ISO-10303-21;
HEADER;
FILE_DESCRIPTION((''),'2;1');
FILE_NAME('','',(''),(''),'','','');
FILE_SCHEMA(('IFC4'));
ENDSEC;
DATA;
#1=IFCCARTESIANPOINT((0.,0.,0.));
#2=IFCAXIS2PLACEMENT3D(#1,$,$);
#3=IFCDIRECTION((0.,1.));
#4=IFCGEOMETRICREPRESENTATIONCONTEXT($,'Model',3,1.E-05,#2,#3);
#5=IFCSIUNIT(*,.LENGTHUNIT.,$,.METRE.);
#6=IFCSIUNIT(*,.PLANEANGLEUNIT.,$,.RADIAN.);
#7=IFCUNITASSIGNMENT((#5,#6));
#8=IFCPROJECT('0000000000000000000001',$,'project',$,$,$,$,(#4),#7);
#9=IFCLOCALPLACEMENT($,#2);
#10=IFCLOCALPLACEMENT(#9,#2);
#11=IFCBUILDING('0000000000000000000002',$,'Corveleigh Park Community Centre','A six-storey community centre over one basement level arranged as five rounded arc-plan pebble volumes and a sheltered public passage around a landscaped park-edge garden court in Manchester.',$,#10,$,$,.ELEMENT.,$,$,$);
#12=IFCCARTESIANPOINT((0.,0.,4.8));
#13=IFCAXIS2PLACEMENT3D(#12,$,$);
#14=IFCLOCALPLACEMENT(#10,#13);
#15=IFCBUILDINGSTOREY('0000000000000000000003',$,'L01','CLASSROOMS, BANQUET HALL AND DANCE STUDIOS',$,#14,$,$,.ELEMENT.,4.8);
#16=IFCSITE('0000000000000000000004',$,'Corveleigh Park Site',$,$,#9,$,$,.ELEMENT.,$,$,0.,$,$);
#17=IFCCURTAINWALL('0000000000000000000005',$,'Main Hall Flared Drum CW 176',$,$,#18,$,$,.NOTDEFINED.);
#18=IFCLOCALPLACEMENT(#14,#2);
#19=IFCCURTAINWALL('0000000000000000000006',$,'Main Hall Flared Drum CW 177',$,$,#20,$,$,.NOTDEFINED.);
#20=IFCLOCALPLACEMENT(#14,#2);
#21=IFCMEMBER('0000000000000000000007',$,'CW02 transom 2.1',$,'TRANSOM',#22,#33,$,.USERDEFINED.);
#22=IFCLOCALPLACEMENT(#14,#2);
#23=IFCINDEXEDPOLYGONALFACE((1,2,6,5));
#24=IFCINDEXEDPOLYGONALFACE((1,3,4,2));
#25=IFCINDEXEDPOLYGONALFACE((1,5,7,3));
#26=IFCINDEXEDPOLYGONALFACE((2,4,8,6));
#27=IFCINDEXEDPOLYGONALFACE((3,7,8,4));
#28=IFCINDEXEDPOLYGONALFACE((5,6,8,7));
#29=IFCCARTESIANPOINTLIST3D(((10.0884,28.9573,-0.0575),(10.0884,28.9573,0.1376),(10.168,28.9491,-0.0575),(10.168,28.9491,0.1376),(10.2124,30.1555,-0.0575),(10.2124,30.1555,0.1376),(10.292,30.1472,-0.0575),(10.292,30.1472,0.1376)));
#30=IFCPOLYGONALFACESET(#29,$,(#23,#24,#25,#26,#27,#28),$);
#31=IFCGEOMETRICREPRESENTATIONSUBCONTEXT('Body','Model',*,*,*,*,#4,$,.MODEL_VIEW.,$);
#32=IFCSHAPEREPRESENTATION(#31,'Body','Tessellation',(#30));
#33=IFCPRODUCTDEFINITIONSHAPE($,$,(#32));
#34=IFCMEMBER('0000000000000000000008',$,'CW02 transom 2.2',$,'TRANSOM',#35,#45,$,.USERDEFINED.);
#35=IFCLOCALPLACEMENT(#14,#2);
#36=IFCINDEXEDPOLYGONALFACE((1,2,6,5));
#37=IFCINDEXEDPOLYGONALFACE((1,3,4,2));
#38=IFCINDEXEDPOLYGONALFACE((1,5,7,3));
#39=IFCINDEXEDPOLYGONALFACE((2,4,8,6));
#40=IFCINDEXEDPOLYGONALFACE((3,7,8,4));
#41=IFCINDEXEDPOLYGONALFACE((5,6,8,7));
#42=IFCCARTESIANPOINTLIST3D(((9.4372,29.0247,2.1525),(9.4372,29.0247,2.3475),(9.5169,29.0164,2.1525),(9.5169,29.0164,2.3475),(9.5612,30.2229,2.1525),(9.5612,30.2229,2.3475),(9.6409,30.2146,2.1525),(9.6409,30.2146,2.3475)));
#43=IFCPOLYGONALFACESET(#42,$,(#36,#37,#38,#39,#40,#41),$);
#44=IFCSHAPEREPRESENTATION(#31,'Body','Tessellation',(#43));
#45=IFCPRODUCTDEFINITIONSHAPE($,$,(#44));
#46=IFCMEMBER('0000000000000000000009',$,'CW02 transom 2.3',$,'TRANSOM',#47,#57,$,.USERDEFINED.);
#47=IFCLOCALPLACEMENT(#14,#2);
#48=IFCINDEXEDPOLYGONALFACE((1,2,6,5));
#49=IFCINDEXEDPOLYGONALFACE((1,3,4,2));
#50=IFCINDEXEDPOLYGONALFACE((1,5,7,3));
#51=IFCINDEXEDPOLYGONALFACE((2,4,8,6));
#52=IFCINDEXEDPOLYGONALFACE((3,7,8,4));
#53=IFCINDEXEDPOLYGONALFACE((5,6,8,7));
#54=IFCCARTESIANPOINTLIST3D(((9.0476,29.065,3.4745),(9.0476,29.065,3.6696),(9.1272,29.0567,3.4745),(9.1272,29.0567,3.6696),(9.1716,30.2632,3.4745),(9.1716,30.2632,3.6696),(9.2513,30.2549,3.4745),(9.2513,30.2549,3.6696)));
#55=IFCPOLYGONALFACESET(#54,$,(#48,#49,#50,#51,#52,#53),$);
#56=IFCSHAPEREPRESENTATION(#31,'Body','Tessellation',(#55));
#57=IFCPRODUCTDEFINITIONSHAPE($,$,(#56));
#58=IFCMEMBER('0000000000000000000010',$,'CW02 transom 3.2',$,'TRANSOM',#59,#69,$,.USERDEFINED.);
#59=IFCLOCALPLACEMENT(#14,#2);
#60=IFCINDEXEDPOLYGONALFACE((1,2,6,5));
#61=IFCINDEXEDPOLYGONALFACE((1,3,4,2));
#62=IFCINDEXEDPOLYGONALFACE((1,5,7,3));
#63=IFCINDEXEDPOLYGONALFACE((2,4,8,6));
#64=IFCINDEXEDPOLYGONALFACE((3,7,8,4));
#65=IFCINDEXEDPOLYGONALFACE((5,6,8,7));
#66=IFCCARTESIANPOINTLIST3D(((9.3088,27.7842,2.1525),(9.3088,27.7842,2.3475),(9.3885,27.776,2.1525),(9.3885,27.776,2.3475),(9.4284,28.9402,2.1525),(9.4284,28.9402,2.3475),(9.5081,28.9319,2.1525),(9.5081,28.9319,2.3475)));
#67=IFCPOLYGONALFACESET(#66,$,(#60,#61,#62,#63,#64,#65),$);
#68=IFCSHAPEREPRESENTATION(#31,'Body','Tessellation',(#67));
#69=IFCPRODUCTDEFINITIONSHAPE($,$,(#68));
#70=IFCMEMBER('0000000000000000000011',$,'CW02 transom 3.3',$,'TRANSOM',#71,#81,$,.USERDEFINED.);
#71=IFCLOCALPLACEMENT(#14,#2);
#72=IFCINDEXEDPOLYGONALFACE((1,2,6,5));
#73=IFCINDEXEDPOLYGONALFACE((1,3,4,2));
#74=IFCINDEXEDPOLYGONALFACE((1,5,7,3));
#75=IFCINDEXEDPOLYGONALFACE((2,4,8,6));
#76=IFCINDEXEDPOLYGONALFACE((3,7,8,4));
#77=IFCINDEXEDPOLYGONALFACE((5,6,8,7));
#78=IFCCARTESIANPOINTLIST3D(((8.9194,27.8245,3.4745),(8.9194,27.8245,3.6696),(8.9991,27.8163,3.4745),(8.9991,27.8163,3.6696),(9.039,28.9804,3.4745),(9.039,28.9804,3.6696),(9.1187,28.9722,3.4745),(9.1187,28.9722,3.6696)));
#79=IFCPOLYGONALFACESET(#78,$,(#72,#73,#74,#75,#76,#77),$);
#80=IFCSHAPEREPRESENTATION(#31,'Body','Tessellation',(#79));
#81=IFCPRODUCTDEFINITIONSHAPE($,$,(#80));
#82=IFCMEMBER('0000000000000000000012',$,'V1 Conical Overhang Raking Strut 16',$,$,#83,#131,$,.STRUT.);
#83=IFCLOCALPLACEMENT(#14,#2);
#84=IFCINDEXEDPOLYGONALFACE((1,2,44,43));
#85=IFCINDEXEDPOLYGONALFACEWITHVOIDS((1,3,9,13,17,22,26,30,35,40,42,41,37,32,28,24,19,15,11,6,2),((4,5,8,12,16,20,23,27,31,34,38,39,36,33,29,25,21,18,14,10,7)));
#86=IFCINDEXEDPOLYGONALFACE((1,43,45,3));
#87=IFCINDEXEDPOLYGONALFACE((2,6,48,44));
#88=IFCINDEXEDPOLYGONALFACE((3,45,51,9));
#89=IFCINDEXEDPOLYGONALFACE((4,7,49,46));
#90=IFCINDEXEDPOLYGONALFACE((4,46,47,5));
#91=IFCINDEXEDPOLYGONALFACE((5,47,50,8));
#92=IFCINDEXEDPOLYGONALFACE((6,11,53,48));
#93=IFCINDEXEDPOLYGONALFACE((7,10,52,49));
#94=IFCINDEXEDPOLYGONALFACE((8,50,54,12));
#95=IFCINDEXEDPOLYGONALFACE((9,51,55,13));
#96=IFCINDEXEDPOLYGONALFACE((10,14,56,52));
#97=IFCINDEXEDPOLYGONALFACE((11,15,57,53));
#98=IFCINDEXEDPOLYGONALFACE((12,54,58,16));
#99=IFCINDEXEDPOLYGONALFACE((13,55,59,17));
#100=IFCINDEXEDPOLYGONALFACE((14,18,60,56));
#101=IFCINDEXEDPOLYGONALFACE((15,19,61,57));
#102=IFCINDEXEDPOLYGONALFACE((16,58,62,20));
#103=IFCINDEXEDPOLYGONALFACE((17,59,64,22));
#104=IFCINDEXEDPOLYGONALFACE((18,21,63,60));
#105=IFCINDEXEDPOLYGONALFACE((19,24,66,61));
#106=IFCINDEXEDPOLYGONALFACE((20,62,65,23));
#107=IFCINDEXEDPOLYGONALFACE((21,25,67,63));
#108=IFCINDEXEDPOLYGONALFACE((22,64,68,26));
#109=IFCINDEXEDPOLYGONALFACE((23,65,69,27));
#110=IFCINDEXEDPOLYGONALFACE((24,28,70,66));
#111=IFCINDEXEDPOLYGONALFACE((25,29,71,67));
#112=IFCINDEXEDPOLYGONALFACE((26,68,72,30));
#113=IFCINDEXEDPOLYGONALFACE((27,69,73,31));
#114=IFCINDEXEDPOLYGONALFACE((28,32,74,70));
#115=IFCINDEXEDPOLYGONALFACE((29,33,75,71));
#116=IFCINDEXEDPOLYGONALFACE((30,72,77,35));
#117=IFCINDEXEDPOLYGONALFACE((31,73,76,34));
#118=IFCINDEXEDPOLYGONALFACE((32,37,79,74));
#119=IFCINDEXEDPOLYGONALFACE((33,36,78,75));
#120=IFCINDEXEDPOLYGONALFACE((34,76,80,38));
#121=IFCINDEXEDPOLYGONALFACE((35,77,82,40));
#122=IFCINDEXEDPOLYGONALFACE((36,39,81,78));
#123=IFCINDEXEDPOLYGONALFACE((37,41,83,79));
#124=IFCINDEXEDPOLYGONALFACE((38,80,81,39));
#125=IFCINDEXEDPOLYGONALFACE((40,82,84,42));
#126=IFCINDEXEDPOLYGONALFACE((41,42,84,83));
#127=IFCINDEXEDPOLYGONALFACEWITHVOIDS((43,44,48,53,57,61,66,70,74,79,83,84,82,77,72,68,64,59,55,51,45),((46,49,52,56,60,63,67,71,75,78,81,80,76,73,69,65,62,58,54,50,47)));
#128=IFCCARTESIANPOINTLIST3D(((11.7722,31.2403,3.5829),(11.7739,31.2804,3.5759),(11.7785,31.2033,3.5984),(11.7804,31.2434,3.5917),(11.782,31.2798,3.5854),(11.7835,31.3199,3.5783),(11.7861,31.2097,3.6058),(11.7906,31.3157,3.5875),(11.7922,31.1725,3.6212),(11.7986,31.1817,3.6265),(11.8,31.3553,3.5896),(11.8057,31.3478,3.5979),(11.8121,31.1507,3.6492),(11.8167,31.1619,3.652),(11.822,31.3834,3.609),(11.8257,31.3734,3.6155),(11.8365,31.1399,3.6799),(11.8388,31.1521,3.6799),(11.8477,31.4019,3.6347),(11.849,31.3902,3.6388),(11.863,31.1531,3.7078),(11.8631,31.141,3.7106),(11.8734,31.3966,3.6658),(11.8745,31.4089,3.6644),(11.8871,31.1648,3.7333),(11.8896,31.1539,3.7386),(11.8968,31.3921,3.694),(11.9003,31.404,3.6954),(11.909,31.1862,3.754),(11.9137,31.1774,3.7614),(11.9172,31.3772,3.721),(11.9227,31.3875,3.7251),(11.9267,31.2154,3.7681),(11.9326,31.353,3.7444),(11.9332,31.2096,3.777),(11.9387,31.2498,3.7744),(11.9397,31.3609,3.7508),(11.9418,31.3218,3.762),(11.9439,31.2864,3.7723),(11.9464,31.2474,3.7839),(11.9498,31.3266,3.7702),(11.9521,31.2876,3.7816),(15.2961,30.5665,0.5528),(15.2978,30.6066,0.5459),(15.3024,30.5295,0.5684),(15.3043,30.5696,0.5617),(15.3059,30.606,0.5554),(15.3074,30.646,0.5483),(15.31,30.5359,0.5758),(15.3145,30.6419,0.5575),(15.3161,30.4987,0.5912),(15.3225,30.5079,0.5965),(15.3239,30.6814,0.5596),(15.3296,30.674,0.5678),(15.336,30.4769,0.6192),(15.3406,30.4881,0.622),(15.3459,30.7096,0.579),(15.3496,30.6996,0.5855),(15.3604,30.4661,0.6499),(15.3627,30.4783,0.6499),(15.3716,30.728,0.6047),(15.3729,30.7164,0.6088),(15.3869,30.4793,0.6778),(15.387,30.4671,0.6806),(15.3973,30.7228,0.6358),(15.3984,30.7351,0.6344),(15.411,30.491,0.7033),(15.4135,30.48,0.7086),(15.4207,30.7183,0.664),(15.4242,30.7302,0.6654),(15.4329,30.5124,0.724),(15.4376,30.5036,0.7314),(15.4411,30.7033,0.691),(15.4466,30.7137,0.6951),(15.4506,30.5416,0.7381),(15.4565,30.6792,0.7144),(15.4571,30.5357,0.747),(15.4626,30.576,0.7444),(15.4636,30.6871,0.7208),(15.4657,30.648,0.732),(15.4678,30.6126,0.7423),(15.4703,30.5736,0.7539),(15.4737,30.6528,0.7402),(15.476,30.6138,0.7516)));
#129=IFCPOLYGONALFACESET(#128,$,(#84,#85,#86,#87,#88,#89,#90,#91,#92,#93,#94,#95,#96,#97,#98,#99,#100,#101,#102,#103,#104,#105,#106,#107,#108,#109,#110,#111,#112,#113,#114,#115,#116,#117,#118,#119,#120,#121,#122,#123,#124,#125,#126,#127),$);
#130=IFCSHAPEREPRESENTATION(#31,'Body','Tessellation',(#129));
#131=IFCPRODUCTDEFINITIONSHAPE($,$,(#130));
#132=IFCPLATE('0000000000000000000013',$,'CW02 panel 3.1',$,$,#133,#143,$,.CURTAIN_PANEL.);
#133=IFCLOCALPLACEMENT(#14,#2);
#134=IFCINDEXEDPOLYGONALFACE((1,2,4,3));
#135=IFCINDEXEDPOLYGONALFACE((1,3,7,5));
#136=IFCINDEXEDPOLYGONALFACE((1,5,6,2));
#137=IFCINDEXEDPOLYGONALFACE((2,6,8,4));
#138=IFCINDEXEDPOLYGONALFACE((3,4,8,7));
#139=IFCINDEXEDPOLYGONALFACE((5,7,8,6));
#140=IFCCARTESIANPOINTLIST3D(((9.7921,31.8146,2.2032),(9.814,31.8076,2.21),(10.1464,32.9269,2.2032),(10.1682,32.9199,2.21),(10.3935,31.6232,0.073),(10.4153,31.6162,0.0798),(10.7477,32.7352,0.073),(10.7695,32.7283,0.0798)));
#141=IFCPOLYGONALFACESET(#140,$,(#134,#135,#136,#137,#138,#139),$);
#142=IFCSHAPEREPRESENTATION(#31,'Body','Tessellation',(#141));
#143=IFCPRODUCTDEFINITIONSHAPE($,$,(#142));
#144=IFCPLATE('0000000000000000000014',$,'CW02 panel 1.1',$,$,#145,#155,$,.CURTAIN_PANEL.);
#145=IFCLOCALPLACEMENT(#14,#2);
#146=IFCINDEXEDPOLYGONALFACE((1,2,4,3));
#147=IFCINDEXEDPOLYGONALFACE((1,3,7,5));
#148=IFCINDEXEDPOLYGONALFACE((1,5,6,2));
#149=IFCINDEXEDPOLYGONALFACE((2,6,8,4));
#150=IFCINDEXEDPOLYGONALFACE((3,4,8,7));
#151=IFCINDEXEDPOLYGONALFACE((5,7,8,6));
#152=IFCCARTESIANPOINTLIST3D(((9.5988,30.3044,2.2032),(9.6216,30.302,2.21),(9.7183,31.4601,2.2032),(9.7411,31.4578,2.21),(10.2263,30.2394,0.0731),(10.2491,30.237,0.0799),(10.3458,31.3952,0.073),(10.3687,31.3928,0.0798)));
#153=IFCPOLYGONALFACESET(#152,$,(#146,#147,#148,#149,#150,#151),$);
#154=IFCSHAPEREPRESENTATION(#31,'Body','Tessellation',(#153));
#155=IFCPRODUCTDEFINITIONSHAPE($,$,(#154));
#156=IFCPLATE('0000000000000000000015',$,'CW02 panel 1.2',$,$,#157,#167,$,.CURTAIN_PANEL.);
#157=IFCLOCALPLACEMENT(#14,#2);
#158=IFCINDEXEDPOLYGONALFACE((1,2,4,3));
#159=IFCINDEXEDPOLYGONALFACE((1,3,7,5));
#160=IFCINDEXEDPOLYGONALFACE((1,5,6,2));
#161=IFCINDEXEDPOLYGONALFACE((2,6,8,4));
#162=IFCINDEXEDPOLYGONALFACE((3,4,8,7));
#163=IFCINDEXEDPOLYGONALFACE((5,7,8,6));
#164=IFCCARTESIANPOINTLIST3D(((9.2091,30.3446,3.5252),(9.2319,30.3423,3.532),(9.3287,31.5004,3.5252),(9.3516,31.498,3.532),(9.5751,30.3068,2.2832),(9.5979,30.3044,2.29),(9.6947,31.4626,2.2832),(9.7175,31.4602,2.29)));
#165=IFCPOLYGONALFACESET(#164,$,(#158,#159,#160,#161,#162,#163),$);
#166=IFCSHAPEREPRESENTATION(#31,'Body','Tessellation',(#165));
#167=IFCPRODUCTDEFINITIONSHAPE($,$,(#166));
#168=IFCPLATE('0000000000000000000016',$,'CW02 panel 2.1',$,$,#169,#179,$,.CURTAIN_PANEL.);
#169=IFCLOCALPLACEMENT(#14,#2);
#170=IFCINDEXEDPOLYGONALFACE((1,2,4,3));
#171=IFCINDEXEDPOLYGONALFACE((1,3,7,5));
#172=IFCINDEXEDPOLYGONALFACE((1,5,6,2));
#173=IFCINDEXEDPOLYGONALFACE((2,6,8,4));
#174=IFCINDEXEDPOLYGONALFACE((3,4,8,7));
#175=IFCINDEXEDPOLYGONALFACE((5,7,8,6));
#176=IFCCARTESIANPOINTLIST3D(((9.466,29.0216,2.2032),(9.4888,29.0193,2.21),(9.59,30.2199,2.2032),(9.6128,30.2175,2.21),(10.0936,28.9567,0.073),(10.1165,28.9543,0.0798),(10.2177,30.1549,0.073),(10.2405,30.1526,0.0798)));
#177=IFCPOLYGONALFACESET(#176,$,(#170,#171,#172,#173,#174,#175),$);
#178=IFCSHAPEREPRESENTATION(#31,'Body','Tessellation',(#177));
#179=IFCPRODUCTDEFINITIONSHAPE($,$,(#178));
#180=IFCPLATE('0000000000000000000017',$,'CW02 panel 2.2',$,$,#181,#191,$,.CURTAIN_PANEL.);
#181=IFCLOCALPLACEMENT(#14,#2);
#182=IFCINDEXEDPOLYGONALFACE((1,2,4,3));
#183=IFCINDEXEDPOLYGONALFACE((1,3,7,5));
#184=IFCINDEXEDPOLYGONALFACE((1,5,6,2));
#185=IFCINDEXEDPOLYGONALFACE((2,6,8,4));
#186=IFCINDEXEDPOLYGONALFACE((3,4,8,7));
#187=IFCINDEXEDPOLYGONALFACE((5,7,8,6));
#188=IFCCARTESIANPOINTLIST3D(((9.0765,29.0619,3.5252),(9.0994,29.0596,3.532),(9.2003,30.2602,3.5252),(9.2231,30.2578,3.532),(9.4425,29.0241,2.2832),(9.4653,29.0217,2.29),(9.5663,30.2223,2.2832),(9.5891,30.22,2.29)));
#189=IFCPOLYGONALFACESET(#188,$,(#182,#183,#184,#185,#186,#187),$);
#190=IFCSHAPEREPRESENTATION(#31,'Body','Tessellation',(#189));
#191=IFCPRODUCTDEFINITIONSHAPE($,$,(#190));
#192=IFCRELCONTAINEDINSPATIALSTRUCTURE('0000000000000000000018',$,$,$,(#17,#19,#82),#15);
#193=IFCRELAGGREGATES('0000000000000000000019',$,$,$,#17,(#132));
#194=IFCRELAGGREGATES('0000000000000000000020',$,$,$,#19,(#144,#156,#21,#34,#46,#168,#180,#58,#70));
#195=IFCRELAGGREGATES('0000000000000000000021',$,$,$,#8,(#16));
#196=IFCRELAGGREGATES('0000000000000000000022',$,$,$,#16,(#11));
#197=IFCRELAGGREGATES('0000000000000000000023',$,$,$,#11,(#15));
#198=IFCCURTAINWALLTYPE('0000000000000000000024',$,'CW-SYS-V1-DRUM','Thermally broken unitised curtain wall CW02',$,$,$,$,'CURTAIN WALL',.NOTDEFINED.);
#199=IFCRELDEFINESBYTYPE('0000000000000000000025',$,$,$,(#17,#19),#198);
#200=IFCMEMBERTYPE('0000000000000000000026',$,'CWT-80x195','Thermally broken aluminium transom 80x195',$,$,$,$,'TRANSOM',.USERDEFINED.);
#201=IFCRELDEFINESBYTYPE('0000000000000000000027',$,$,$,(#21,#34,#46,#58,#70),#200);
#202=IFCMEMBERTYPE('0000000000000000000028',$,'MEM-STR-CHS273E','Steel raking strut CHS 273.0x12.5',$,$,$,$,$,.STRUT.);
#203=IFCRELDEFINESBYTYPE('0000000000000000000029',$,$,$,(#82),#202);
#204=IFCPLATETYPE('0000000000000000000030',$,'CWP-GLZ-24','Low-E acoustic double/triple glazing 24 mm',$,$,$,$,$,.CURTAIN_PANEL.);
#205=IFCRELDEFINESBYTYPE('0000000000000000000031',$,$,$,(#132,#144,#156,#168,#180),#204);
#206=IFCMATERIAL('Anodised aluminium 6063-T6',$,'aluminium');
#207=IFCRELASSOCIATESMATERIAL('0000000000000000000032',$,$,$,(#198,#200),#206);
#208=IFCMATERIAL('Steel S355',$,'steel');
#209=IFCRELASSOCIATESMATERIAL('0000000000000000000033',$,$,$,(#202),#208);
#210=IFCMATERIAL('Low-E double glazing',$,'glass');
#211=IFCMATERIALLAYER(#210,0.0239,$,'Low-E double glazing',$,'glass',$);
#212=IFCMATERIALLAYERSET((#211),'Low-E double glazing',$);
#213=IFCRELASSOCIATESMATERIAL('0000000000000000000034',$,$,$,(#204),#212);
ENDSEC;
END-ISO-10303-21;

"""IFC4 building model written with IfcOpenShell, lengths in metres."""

from ifc_helpers import new_model, si_unit, direction, frame, origin, origin_2d, place, context, subcontext, project, spatial, polyline, rectangle, hollow_circle, outline, extrude, material, layer, layer_set, material_profile, profile_set, type_object, element, aggregate, save


model = new_model("IFC4")

# Units and contexts
model_context = context("Model", 3, precision=1e-05, world=origin(), true_north=direction((0.0, 1.0)))
body_context = subcontext(model_context, "Body", "Model", "MODEL_VIEW")
ifc_project = project(units=[si_unit("LENGTHUNIT", "METRE"), si_unit("PLANEANGLEUNIT", "RADIAN")], contexts=[model_context])

# Site, building, storey
site_placement = place(None, origin())
site = spatial("IfcSite", under=ifc_project, at=site_placement, Name="Corveleigh Park Site", CompositionType="ELEMENT", RefElevation=0.0)
building_placement = place(site_placement, origin())
building = spatial("IfcBuilding", under=site, at=building_placement, Name="Corveleigh Park Community Centre", Description="A six-storey community centre over one basement level arranged as five rounded arc-plan pebble volumes and a sheltered public passage around a landscaped park-edge garden court in Manchester.", CompositionType="ELEMENT")
storey_placement = place(building_placement, frame((0.0, 0.0, 4.8)))
storey = spatial("IfcBuildingStorey", under=building, at=storey_placement, Name="L01", Description="CLASSROOMS, BANQUET HALL AND DANCE STUDIOS", CompositionType="ELEMENT", Elevation=4.8)

# Shared definitions
ifc_material_1 = material(Name="Steel S355", Category="steel")

# Curtain walls
ifc_material_2 = material(Name="Anodised aluminium 6063-T6", Category="aluminium")
curtain_wall_type = type_object("IfcCurtainWallType", Name="CW-SYS-V1-DRUM", Description="Thermally broken unitised curtain wall CW02", ElementType="CURTAIN WALL", PredefinedType="NOTDEFINED", material=ifc_material_2)
curtain_wall_1_placement = place(storey_placement, origin())
curtain_wall_1 = element("IfcCurtainWall", 1, at=curtain_wall_1_placement, inside=storey, type_object=curtain_wall_type, Name="Main Hall Flared Drum CW 176", PredefinedType="NOTDEFINED")
curtain_wall_2_placement = place(storey_placement, origin())
curtain_wall_2 = element("IfcCurtainWall", 2, at=curtain_wall_2_placement, inside=storey, type_object=curtain_wall_type, Name="Main Hall Flared Drum CW 177", PredefinedType="NOTDEFINED")

# Members
ifc_material_profile_1 = material_profile(ifc_material_2, rectangle(XDim=0.0801, YDim=0.1951, at=origin_2d()), Name="ALU-T80x195", Category="aluminium")
ifc_profile_set_1 = profile_set([ifc_material_profile_1], Name="Anodised aluminium 6063-T6")
member_type_1 = type_object("IfcMemberType", Name="CWT-80x195", Description="Thermally broken aluminium transom 80x195", ElementType="TRANSOM", PredefinedType="USERDEFINED", material=ifc_profile_set_1)
member_1_placement = place(storey_placement, frame((10.2522, 30.1514, 0.04), z_axis=(-0.102954, -0.994686, 0.0), x_axis=(0.994686, -0.102954, 0.0)))
member_1 = element("IfcMember", 3, at=member_1_placement, type_object=member_type_1, Name="CW02 transom 2.1", ObjectType="TRANSOM", PredefinedType="USERDEFINED", context=body_context, shape_type="SweptSolid", body=[
    extrude(rectangle(XDim=0.0801, YDim=0.1951, at=origin_2d()), origin(), (0.0, 0.0, 1.0), 1.2046),
])
member_2_placement = place(storey_placement, frame((9.6011, 30.2188, 2.25), z_axis=(-0.102954, -0.994686, 0.0), x_axis=(0.994686, -0.102954, 0.0)))
member_2 = element("IfcMember", 4, at=member_2_placement, type_object=member_type_1, Name="CW02 transom 2.2", ObjectType="TRANSOM", PredefinedType="USERDEFINED", context=body_context, shape_type="SweptSolid", body=[
    extrude(rectangle(XDim=0.0801, YDim=0.1951, at=origin_2d()), origin(), (0.0, 0.0, 1.0), 1.2046),
])
member_3_placement = place(storey_placement, frame((9.2114, 30.259, 3.572), z_axis=(-0.102954, -0.994686, 0.0), x_axis=(0.994686, -0.102954, 0.0)))
member_3 = element("IfcMember", 5, at=member_3_placement, type_object=member_type_1, Name="CW02 transom 2.3", ObjectType="TRANSOM", PredefinedType="USERDEFINED", context=body_context, shape_type="SweptSolid", body=[
    extrude(rectangle(XDim=0.0801, YDim=0.1951, at=origin_2d()), origin(), (0.0, 0.0, 1.0), 1.2046),
])
member_4_placement = place(storey_placement, frame((9.4683, 28.936, 2.25), z_axis=(-0.102935, -0.994688, 0.0), x_axis=(0.994688, -0.102935, 0.0)))
member_4 = element("IfcMember", 6, at=member_4_placement, type_object=member_type_1, Name="CW02 transom 3.2", ObjectType="TRANSOM", PredefinedType="USERDEFINED", context=body_context, shape_type="SweptSolid", body=[
    extrude(rectangle(XDim=0.0801, YDim=0.1951, at=origin_2d()), origin(), (0.0, 0.0, 1.0), 1.1621),
])
member_5_placement = place(storey_placement, frame((9.0789, 28.9763, 3.572), z_axis=(-0.102935, -0.994688, 0.0), x_axis=(0.994688, -0.102935, 0.0)))
member_5 = element("IfcMember", 7, at=member_5_placement, type_object=member_type_1, Name="CW02 transom 3.3", ObjectType="TRANSOM", PredefinedType="USERDEFINED", context=body_context, shape_type="SweptSolid", body=[
    extrude(rectangle(XDim=0.0801, YDim=0.1951, at=origin_2d()), origin(), (0.0, 0.0, 1.0), 1.1621),
])
ifc_material_profile_2 = material_profile(ifc_material_1, hollow_circle(Radius=0.1365, WallThickness=0.0125, at=origin_2d()), Name="CHS 273.0x12.5", Category="steel")
ifc_profile_set_2 = profile_set([ifc_material_profile_2], Name="Steel S355")
member_type_2 = type_object("IfcMemberType", Name="MEM-STR-CHS273E", Description="Steel raking strut CHS 273.0x12.5", PredefinedType="STRUT", material=ifc_profile_set_2)
member_6_placement = place(storey_placement, frame((15.386, 30.6001, 0.6499), z_axis=(-0.750397, 0.143487, 0.645225), x_axis=(-0.187812, -0.982205, 0.0)))
element("IfcMember", 8, at=member_6_placement, inside=storey, type_object=member_type_2, Name="V1 Conical Overhang Raking Strut 16", PredefinedType="STRUT", context=body_context, shape_type="SweptSolid", body=[
    extrude(hollow_circle(Radius=0.1365, WallThickness=0.0125, at=origin_2d()), origin(), (0.0, 0.0, 1.0), 4.696),
])

# Plates
ifc_material_3 = material(Name="Low-E double glazing", Category="glass")
ifc_layer_1 = layer(ifc_material_3, 0.0239, Name="Low-E double glazing", Category="glass")
ifc_layer_set_1 = layer_set([ifc_layer_1], Name="Low-E double glazing")
plate_type_1 = type_object("IfcPlateType", Name="CWP-GLZ-24", Description="Low-E acoustic double/triple glazing 24 mm", PredefinedType="CURTAIN_PANEL", material=ifc_layer_set_1)
plate_1_placement = place(storey_placement, frame((10.7695, 32.7283, 0.0798), z_axis=(0.913583, -0.290991, 0.284061), x_axis=(-0.303495, -0.952833, 0.000009)))
plate_1 = element("IfcPlate", 9, at=plate_1_placement, type_object=plate_type_1, Name="CW02 panel 3.1", PredefinedType="CURTAIN_PANEL", context=body_context, shape_type="SweptSolid", body=[
    extrude(outline(polyline([(0.0, 0.0), (1.1671, 0.0), (1.1673, -2.2216), (-0.0001, -2.2217), (0.0, 0.0)])), origin(), (0.0, 0.0, -1.0), 0.0239),
])
aggregate(curtain_wall_1, [plate_1])
plate_2_placement = place(storey_placement, frame((10.3687, 31.3928, 0.0798), z_axis=(0.953742, -0.098618, 0.283991), x_axis=(-0.102861, -0.994696, 0.000028)))
plate_2 = element("IfcPlate", 10, at=plate_2_placement, type_object=plate_type_1, Name="CW02 panel 1.1", PredefinedType="CURTAIN_PANEL", context=body_context, shape_type="SweptSolid", body=[
    extrude(outline(polyline([(0.0, 0.0), (1.1619, 0.0), (1.1619, -2.2216), (0.0, -2.2216), (0.0, 0.0)])), origin(), (0.0, 0.0, -1.0), 0.0239),
])
plate_3_placement = place(storey_placement, frame((9.7175, 31.4602, 2.29), z_axis=(0.953717, -0.098716, 0.284042), x_axis=(-0.102957, -0.994686, 0.0)))
plate_3 = element("IfcPlate", 11, at=plate_3_placement, type_object=plate_type_1, Name="CW02 panel 1.2", PredefinedType="CURTAIN_PANEL", context=body_context, shape_type="SweptSolid", body=[
    extrude(outline(polyline([(0.0, 0.0), (1.1619, 0.0), (1.162, -1.2953), (0.0, -1.2953), (0.0, 0.0)])), origin(), (0.0, 0.0, -1.0), 0.0239),
])
plate_4_placement = place(storey_placement, frame((10.2405, 30.1526, 0.0798), z_axis=(0.953717, -0.098714, 0.284042), x_axis=(-0.102954, -0.994686, 0.0)))
plate_4 = element("IfcPlate", 12, at=plate_4_placement, type_object=plate_type_1, Name="CW02 panel 2.1", PredefinedType="CURTAIN_PANEL", context=body_context, shape_type="SweptSolid", body=[
    extrude(outline(polyline([(0.0, 0.0), (1.2046, 0.0), (1.2047, -2.2216), (0.0, -2.2216), (0.0, 0.0)])), origin(), (0.0, 0.0, -1.0), 0.0239),
])
plate_5_placement = place(storey_placement, frame((9.5891, 30.22, 2.29), z_axis=(0.953737, -0.098522, 0.284042), x_axis=(-0.102754, -0.994707, 0.0)))
plate_5 = element("IfcPlate", 13, at=plate_5_placement, type_object=plate_type_1, Name="CW02 panel 2.2", PredefinedType="CURTAIN_PANEL", context=body_context, shape_type="SweptSolid", body=[
    extrude(outline(polyline([(0.0, 0.0), (1.2046, 0.0), (1.2046, -1.2953), (0.0, -1.2953), (0.0, 0.0)])), origin(), (0.0, 0.0, -1.0), 0.0239),
])
aggregate(curtain_wall_2, [plate_2, plate_3, member_1, member_2, member_3, plate_4, plate_5, member_4, member_5])

save(model, "model.ifc")
